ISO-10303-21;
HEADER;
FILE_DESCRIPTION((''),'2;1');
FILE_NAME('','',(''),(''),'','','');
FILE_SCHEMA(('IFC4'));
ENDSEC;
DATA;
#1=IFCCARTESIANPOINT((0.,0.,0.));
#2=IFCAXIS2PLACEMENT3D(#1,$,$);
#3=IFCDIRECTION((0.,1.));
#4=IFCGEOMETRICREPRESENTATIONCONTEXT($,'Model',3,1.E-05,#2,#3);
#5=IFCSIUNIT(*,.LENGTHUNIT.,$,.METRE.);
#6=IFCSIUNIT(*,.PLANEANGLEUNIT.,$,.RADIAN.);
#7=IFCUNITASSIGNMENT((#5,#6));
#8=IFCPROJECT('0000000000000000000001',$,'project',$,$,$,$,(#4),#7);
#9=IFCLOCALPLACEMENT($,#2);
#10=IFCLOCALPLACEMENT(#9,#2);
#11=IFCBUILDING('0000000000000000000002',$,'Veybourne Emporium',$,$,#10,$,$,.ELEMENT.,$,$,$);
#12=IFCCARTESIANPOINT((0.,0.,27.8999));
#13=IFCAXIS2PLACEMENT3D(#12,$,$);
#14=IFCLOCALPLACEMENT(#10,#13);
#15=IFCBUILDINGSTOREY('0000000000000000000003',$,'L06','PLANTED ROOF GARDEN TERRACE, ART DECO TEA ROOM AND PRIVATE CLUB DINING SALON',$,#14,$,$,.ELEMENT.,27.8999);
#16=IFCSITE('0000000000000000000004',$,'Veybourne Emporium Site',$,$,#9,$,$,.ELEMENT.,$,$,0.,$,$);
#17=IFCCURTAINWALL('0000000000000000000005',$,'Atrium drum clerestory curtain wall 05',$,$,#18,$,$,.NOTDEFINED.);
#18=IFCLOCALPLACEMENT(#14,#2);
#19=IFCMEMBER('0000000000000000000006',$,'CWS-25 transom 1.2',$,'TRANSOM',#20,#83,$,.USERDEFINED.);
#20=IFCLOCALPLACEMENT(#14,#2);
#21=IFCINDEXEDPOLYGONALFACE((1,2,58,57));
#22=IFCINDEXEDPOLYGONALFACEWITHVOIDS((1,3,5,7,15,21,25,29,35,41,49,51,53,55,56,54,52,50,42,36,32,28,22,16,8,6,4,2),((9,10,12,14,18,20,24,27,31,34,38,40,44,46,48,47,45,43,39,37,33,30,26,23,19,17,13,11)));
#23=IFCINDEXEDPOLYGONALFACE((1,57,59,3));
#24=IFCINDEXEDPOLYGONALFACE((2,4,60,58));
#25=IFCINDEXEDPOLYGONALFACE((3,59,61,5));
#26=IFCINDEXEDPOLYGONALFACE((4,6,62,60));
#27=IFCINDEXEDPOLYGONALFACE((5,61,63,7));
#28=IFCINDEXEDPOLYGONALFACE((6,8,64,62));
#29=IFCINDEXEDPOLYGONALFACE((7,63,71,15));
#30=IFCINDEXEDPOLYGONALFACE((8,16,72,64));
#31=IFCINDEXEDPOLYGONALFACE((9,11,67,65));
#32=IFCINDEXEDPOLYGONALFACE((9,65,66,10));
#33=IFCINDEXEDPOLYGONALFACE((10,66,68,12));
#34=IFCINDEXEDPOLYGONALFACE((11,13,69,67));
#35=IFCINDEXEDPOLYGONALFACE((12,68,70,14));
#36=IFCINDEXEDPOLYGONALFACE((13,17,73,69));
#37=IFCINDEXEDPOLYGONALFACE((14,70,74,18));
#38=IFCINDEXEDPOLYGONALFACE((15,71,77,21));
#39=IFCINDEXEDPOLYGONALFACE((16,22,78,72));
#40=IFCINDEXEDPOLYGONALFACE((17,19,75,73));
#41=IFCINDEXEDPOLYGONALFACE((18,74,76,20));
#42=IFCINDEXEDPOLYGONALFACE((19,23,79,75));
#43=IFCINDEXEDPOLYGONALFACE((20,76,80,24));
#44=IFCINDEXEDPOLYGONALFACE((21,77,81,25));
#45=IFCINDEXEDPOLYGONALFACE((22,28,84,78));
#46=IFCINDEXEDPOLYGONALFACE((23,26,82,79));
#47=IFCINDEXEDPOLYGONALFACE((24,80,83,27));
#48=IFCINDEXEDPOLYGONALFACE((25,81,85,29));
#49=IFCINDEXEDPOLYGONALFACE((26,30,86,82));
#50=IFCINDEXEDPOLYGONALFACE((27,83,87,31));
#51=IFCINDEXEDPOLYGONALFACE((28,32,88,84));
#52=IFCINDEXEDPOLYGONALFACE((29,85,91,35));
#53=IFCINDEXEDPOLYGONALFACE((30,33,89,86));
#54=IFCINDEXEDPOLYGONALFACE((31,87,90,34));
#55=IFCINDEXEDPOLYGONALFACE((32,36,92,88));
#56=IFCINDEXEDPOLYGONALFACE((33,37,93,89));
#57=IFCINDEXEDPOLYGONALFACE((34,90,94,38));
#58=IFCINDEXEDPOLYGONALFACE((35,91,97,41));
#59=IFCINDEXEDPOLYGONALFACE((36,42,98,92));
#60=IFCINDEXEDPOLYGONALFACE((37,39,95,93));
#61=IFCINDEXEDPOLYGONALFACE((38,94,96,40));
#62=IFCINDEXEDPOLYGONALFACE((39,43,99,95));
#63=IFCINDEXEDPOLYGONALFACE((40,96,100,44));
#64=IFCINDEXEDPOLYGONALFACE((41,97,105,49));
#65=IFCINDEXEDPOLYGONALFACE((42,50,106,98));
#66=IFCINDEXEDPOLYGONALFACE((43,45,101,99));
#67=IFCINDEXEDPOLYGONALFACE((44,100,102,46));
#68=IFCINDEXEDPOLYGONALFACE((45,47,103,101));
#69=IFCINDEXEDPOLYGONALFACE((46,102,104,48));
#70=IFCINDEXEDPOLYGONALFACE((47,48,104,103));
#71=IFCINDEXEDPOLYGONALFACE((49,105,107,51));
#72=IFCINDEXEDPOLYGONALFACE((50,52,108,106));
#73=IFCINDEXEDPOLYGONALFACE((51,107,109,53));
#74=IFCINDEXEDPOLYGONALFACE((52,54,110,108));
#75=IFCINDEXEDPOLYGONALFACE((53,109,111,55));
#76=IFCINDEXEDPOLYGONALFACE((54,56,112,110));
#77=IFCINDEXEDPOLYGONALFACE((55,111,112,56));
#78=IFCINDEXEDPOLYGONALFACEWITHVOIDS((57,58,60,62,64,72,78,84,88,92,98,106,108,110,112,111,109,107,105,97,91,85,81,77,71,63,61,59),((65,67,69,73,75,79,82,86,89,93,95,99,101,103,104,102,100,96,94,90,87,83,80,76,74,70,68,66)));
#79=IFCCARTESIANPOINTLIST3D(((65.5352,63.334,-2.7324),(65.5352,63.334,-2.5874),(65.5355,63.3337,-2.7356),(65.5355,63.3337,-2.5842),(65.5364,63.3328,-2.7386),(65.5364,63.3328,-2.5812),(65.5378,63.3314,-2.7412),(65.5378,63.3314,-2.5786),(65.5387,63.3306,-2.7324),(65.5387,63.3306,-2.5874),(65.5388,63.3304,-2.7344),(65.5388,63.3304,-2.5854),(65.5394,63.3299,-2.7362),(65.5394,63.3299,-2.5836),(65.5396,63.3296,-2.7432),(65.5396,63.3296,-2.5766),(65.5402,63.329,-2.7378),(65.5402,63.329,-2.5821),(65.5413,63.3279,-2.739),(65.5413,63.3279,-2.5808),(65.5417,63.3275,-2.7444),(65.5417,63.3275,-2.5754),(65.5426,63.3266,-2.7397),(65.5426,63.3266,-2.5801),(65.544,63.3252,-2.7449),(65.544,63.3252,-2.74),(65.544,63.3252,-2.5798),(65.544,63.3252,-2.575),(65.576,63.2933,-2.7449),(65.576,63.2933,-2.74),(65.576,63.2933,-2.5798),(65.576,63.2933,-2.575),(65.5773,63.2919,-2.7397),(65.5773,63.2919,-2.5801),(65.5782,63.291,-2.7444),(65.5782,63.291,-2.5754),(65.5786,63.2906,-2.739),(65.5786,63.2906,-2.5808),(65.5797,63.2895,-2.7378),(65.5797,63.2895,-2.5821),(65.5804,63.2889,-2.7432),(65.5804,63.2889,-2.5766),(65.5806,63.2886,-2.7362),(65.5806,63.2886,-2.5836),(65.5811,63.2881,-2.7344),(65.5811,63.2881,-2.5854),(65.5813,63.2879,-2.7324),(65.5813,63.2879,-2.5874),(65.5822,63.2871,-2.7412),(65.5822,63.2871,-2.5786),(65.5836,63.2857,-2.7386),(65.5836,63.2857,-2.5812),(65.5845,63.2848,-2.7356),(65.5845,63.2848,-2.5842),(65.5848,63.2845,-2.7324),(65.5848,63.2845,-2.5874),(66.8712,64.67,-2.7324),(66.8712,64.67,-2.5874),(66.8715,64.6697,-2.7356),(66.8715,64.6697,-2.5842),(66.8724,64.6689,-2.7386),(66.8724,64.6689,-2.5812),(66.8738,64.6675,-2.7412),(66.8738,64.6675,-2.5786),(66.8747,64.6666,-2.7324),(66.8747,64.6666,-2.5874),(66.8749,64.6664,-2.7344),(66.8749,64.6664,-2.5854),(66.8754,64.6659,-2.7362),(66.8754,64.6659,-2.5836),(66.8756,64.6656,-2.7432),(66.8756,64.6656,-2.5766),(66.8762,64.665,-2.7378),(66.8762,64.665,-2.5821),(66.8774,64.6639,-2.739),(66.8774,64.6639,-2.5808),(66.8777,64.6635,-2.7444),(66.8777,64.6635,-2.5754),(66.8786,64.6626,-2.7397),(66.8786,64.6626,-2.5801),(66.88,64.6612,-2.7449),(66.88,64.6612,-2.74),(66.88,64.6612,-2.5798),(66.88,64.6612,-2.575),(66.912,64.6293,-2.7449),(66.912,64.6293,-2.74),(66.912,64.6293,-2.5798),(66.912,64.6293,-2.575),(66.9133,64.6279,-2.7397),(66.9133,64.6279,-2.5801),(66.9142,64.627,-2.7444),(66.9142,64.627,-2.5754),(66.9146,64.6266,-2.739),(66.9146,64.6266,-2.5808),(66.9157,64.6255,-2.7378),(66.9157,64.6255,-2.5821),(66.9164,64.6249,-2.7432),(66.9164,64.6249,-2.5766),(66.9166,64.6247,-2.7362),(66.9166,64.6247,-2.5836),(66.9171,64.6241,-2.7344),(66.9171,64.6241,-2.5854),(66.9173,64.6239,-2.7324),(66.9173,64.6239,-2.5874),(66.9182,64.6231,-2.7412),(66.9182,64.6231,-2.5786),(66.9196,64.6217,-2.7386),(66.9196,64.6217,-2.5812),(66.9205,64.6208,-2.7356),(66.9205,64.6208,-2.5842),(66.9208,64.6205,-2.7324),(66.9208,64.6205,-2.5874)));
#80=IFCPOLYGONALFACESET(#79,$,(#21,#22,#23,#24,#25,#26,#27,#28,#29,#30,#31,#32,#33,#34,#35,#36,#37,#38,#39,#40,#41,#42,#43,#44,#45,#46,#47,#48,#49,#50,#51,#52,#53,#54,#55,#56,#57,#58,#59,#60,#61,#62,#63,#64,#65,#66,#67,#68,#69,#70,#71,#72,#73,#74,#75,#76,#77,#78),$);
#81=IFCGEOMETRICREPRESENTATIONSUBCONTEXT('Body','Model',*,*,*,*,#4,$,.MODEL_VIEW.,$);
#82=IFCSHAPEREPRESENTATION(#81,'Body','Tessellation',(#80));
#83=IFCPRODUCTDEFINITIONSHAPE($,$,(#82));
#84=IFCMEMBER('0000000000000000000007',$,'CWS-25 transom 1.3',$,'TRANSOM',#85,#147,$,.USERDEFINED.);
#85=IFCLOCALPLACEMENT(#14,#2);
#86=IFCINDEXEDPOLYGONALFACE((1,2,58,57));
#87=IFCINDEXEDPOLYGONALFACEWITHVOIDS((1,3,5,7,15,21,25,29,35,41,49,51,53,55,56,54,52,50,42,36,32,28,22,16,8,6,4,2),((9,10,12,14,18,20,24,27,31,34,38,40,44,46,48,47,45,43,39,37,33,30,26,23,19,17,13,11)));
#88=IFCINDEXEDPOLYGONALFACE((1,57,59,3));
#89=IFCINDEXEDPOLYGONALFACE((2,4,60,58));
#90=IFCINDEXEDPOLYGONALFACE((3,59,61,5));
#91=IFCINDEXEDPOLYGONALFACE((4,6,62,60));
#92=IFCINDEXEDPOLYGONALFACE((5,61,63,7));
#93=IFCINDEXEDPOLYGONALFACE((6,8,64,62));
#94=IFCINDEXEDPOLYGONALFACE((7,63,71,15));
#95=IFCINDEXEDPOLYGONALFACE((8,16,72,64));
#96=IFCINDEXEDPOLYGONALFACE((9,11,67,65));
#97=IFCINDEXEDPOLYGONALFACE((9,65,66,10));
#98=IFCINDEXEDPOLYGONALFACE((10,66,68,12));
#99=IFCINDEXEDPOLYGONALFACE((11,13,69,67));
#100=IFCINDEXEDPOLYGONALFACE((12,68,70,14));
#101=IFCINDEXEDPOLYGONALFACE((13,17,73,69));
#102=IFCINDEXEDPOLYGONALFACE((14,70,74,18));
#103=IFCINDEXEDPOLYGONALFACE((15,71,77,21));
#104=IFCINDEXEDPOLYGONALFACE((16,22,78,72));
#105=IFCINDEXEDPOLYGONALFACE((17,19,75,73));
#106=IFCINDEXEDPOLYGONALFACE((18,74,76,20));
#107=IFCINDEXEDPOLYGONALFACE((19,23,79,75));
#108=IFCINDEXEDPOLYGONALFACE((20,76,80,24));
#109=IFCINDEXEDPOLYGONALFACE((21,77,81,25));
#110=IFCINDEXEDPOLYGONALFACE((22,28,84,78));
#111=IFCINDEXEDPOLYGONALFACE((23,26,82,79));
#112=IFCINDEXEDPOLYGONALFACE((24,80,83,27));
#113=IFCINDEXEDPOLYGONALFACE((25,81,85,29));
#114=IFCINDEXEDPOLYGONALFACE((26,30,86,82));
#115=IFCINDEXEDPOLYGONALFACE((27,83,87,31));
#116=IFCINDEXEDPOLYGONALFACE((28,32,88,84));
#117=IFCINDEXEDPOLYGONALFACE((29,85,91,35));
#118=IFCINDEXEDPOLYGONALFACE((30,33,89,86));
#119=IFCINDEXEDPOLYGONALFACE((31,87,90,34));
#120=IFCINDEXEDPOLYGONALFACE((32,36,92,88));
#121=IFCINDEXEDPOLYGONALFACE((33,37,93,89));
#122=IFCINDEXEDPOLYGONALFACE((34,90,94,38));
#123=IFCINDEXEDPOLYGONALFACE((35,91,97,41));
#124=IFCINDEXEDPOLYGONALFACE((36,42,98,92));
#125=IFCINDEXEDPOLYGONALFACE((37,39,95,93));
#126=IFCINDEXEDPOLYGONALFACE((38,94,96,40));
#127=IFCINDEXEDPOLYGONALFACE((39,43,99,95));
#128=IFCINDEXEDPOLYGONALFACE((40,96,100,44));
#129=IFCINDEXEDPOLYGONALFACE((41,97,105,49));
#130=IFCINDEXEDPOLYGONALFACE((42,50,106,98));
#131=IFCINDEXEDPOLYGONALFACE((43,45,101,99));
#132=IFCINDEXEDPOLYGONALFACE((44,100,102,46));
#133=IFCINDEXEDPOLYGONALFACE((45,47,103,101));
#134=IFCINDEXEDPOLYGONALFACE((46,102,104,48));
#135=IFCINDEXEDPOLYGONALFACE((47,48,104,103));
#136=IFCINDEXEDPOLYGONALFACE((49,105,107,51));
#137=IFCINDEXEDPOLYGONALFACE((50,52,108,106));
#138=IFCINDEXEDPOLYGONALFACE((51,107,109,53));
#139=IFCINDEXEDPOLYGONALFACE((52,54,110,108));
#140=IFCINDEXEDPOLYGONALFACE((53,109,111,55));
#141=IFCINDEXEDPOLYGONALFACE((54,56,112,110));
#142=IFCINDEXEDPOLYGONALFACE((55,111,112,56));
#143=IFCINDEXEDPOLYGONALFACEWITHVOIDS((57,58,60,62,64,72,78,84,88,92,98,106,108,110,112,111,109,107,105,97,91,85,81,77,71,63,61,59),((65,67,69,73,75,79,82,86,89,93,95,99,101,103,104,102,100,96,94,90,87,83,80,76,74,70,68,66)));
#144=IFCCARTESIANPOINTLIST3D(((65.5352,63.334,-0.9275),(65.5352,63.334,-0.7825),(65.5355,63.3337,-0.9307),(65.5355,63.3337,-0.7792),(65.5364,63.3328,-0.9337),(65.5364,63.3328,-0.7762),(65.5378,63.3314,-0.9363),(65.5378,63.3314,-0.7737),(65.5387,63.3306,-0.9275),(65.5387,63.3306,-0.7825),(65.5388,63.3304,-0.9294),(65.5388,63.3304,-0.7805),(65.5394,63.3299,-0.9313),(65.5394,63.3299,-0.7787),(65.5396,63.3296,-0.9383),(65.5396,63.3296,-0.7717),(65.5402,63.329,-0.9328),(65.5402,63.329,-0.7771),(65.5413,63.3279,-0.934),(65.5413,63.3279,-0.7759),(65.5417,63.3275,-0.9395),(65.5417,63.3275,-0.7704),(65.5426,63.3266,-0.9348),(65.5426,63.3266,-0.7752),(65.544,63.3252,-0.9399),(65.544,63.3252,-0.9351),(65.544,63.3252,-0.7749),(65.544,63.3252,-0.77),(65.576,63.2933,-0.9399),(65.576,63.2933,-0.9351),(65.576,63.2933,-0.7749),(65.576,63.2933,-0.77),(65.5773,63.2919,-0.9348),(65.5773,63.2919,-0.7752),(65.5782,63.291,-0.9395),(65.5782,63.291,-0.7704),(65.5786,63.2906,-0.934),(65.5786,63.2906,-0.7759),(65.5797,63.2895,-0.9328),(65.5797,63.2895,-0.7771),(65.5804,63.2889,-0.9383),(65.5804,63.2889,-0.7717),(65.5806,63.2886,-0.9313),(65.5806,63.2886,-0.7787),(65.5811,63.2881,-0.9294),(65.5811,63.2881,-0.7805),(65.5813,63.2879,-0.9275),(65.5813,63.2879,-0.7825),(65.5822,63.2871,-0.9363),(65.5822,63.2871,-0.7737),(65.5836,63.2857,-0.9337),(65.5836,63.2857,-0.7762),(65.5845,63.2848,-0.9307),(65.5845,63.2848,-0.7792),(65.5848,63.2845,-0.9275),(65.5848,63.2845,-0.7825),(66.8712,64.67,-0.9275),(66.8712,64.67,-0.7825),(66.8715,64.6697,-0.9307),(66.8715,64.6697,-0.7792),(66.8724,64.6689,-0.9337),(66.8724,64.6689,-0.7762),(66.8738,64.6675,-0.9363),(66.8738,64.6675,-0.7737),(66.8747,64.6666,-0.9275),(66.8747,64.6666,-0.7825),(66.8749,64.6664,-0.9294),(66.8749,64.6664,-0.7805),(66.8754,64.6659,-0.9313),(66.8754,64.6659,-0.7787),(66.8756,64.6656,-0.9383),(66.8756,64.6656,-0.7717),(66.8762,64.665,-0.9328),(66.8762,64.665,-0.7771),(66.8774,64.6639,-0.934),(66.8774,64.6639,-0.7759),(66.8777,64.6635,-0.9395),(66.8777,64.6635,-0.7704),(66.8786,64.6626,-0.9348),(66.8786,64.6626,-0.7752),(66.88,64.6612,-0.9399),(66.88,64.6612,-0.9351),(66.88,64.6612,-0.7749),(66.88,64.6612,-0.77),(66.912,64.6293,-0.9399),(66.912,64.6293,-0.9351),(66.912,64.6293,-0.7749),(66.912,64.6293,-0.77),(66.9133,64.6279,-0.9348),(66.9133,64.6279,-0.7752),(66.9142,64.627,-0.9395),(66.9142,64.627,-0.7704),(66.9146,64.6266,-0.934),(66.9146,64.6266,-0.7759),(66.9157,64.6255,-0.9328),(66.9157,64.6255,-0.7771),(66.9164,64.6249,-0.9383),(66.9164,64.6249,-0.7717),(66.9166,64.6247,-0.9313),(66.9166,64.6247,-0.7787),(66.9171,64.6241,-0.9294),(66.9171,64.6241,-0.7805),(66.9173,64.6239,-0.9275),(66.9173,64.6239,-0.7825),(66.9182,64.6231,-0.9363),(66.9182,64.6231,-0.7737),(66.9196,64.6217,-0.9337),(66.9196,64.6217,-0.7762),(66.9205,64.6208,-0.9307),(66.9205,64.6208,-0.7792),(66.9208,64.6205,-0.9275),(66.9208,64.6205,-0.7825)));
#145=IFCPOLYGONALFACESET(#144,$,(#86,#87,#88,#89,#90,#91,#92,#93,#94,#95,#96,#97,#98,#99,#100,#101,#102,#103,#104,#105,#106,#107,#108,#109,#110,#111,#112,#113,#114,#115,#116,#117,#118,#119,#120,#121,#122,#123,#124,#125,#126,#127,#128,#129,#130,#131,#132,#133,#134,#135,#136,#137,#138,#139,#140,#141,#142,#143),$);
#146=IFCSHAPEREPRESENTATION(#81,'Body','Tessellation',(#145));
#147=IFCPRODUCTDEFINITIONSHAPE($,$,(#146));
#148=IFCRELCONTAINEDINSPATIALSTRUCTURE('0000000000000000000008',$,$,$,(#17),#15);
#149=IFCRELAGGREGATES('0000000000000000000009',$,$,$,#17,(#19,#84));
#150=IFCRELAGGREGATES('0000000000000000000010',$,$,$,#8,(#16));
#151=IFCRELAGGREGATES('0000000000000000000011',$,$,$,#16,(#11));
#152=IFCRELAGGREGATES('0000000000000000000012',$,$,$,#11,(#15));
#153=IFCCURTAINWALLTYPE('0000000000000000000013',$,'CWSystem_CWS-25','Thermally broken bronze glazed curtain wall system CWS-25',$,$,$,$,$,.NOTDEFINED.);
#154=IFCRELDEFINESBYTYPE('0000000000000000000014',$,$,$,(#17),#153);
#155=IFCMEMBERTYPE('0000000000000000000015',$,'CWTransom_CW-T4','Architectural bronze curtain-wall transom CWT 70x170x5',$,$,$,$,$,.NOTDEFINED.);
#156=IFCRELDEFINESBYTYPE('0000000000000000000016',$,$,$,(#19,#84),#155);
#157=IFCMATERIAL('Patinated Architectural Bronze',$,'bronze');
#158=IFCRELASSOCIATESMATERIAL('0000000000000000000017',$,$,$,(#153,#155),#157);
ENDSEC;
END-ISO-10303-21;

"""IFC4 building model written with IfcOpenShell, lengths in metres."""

from ifc_helpers import new_model, si_unit, direction, frame, origin, origin_2d, place, context, subcontext, project, spatial, hollow_rectangle, extrude, material, material_profile, profile_set, type_object, element, aggregate, save


model = new_model("IFC4")

# Units and contexts
model_context = context("Model", 3, precision=1e-05, world=origin(), true_north=direction((0.0, 1.0)))
body_context = subcontext(model_context, "Body", "Model", "MODEL_VIEW")
ifc_project = project(units=[si_unit("LENGTHUNIT", "METRE"), si_unit("PLANEANGLEUNIT", "RADIAN")], contexts=[model_context])

# Site, building, storey
site_placement = place(None, origin())
site = spatial("IfcSite", under=ifc_project, at=site_placement, Name="Veybourne Emporium Site", CompositionType="ELEMENT", RefElevation=0.0)
building_placement = place(site_placement, origin())
building = spatial("IfcBuilding", under=site, at=building_placement, Name="Veybourne Emporium", CompositionType="ELEMENT")
storey_placement = place(building_placement, frame((0.0, 0.0, 27.8999)))
storey = spatial("IfcBuildingStorey", under=building, at=storey_placement, Name="L06", Description="PLANTED ROOF GARDEN TERRACE, ART DECO TEA ROOM AND PRIVATE CLUB DINING SALON", CompositionType="ELEMENT", Elevation=27.8999)

# Curtain wall
ifc_material_1 = material(Name="Patinated Architectural Bronze", Category="bronze")
curtain_wall_type_1 = type_object("IfcCurtainWallType", Name="CWSystem_CWS-25", Description="Thermally broken bronze glazed curtain wall system CWS-25", PredefinedType="NOTDEFINED", material=ifc_material_1)
curtain_wall_1_placement = place(storey_placement, origin())
curtain_wall_1 = element("IfcCurtainWall", 1, at=curtain_wall_1_placement, inside=storey, type_object=curtain_wall_type_1, Name="Atrium drum clerestory curtain wall 05", PredefinedType="NOTDEFINED")

# Members
ifc_material_profile_1 = material_profile(ifc_material_1, hollow_rectangle(XDim=0.0701, YDim=0.1699, WallThickness=0.0049, InnerFilletRadius=0.0076, OuterFilletRadius=0.0125, at=origin_2d()), Name="CWT 70x170x5")
ifc_profile_set_1 = profile_set([ifc_material_profile_1], Name="Patinated Architectural Bronze")
member_type_1 = type_object("IfcMemberType", Name="CWTransom_CW-T4", Description="Architectural bronze curtain-wall transom CWT 70x170x5", PredefinedType="NOTDEFINED", material=ifc_profile_set_1)
member_1_placement = place(storey_placement, frame((66.896, 64.6453, -2.6599), z_axis=(-0.707107, -0.707107, 0.0), x_axis=(0.707107, -0.707107, 0.0)))
member_1 = element("IfcMember", 2, at=member_1_placement, type_object=member_type_1, Name="CWS-25 transom 1.2", ObjectType="TRANSOM", PredefinedType="USERDEFINED", context=body_context, shape_type="SweptSolid", body=[
    extrude(hollow_rectangle(XDim=0.0701, YDim=0.1699, WallThickness=0.0049, InnerFilletRadius=0.0076, OuterFilletRadius=0.0125, at=origin_2d()), origin(), (0.0, 0.0, 1.0), 1.8894),
])
member_2_placement = place(storey_placement, frame((66.896, 64.6453, -0.855), z_axis=(-0.707107, -0.707107, 0.0), x_axis=(0.707107, -0.707107, 0.0)))
member_2 = element("IfcMember", 3, at=member_2_placement, type_object=member_type_1, Name="CWS-25 transom 1.3", ObjectType="TRANSOM", PredefinedType="USERDEFINED", context=body_context, shape_type="SweptSolid", body=[
    extrude(hollow_rectangle(XDim=0.0701, YDim=0.1699, WallThickness=0.0049, InnerFilletRadius=0.0076, OuterFilletRadius=0.0125, at=origin_2d()), origin(), (0.0, 0.0, 1.0), 1.8894),
])

aggregate(curtain_wall_1, [member_1, member_2])

save(model, "model.ifc")
